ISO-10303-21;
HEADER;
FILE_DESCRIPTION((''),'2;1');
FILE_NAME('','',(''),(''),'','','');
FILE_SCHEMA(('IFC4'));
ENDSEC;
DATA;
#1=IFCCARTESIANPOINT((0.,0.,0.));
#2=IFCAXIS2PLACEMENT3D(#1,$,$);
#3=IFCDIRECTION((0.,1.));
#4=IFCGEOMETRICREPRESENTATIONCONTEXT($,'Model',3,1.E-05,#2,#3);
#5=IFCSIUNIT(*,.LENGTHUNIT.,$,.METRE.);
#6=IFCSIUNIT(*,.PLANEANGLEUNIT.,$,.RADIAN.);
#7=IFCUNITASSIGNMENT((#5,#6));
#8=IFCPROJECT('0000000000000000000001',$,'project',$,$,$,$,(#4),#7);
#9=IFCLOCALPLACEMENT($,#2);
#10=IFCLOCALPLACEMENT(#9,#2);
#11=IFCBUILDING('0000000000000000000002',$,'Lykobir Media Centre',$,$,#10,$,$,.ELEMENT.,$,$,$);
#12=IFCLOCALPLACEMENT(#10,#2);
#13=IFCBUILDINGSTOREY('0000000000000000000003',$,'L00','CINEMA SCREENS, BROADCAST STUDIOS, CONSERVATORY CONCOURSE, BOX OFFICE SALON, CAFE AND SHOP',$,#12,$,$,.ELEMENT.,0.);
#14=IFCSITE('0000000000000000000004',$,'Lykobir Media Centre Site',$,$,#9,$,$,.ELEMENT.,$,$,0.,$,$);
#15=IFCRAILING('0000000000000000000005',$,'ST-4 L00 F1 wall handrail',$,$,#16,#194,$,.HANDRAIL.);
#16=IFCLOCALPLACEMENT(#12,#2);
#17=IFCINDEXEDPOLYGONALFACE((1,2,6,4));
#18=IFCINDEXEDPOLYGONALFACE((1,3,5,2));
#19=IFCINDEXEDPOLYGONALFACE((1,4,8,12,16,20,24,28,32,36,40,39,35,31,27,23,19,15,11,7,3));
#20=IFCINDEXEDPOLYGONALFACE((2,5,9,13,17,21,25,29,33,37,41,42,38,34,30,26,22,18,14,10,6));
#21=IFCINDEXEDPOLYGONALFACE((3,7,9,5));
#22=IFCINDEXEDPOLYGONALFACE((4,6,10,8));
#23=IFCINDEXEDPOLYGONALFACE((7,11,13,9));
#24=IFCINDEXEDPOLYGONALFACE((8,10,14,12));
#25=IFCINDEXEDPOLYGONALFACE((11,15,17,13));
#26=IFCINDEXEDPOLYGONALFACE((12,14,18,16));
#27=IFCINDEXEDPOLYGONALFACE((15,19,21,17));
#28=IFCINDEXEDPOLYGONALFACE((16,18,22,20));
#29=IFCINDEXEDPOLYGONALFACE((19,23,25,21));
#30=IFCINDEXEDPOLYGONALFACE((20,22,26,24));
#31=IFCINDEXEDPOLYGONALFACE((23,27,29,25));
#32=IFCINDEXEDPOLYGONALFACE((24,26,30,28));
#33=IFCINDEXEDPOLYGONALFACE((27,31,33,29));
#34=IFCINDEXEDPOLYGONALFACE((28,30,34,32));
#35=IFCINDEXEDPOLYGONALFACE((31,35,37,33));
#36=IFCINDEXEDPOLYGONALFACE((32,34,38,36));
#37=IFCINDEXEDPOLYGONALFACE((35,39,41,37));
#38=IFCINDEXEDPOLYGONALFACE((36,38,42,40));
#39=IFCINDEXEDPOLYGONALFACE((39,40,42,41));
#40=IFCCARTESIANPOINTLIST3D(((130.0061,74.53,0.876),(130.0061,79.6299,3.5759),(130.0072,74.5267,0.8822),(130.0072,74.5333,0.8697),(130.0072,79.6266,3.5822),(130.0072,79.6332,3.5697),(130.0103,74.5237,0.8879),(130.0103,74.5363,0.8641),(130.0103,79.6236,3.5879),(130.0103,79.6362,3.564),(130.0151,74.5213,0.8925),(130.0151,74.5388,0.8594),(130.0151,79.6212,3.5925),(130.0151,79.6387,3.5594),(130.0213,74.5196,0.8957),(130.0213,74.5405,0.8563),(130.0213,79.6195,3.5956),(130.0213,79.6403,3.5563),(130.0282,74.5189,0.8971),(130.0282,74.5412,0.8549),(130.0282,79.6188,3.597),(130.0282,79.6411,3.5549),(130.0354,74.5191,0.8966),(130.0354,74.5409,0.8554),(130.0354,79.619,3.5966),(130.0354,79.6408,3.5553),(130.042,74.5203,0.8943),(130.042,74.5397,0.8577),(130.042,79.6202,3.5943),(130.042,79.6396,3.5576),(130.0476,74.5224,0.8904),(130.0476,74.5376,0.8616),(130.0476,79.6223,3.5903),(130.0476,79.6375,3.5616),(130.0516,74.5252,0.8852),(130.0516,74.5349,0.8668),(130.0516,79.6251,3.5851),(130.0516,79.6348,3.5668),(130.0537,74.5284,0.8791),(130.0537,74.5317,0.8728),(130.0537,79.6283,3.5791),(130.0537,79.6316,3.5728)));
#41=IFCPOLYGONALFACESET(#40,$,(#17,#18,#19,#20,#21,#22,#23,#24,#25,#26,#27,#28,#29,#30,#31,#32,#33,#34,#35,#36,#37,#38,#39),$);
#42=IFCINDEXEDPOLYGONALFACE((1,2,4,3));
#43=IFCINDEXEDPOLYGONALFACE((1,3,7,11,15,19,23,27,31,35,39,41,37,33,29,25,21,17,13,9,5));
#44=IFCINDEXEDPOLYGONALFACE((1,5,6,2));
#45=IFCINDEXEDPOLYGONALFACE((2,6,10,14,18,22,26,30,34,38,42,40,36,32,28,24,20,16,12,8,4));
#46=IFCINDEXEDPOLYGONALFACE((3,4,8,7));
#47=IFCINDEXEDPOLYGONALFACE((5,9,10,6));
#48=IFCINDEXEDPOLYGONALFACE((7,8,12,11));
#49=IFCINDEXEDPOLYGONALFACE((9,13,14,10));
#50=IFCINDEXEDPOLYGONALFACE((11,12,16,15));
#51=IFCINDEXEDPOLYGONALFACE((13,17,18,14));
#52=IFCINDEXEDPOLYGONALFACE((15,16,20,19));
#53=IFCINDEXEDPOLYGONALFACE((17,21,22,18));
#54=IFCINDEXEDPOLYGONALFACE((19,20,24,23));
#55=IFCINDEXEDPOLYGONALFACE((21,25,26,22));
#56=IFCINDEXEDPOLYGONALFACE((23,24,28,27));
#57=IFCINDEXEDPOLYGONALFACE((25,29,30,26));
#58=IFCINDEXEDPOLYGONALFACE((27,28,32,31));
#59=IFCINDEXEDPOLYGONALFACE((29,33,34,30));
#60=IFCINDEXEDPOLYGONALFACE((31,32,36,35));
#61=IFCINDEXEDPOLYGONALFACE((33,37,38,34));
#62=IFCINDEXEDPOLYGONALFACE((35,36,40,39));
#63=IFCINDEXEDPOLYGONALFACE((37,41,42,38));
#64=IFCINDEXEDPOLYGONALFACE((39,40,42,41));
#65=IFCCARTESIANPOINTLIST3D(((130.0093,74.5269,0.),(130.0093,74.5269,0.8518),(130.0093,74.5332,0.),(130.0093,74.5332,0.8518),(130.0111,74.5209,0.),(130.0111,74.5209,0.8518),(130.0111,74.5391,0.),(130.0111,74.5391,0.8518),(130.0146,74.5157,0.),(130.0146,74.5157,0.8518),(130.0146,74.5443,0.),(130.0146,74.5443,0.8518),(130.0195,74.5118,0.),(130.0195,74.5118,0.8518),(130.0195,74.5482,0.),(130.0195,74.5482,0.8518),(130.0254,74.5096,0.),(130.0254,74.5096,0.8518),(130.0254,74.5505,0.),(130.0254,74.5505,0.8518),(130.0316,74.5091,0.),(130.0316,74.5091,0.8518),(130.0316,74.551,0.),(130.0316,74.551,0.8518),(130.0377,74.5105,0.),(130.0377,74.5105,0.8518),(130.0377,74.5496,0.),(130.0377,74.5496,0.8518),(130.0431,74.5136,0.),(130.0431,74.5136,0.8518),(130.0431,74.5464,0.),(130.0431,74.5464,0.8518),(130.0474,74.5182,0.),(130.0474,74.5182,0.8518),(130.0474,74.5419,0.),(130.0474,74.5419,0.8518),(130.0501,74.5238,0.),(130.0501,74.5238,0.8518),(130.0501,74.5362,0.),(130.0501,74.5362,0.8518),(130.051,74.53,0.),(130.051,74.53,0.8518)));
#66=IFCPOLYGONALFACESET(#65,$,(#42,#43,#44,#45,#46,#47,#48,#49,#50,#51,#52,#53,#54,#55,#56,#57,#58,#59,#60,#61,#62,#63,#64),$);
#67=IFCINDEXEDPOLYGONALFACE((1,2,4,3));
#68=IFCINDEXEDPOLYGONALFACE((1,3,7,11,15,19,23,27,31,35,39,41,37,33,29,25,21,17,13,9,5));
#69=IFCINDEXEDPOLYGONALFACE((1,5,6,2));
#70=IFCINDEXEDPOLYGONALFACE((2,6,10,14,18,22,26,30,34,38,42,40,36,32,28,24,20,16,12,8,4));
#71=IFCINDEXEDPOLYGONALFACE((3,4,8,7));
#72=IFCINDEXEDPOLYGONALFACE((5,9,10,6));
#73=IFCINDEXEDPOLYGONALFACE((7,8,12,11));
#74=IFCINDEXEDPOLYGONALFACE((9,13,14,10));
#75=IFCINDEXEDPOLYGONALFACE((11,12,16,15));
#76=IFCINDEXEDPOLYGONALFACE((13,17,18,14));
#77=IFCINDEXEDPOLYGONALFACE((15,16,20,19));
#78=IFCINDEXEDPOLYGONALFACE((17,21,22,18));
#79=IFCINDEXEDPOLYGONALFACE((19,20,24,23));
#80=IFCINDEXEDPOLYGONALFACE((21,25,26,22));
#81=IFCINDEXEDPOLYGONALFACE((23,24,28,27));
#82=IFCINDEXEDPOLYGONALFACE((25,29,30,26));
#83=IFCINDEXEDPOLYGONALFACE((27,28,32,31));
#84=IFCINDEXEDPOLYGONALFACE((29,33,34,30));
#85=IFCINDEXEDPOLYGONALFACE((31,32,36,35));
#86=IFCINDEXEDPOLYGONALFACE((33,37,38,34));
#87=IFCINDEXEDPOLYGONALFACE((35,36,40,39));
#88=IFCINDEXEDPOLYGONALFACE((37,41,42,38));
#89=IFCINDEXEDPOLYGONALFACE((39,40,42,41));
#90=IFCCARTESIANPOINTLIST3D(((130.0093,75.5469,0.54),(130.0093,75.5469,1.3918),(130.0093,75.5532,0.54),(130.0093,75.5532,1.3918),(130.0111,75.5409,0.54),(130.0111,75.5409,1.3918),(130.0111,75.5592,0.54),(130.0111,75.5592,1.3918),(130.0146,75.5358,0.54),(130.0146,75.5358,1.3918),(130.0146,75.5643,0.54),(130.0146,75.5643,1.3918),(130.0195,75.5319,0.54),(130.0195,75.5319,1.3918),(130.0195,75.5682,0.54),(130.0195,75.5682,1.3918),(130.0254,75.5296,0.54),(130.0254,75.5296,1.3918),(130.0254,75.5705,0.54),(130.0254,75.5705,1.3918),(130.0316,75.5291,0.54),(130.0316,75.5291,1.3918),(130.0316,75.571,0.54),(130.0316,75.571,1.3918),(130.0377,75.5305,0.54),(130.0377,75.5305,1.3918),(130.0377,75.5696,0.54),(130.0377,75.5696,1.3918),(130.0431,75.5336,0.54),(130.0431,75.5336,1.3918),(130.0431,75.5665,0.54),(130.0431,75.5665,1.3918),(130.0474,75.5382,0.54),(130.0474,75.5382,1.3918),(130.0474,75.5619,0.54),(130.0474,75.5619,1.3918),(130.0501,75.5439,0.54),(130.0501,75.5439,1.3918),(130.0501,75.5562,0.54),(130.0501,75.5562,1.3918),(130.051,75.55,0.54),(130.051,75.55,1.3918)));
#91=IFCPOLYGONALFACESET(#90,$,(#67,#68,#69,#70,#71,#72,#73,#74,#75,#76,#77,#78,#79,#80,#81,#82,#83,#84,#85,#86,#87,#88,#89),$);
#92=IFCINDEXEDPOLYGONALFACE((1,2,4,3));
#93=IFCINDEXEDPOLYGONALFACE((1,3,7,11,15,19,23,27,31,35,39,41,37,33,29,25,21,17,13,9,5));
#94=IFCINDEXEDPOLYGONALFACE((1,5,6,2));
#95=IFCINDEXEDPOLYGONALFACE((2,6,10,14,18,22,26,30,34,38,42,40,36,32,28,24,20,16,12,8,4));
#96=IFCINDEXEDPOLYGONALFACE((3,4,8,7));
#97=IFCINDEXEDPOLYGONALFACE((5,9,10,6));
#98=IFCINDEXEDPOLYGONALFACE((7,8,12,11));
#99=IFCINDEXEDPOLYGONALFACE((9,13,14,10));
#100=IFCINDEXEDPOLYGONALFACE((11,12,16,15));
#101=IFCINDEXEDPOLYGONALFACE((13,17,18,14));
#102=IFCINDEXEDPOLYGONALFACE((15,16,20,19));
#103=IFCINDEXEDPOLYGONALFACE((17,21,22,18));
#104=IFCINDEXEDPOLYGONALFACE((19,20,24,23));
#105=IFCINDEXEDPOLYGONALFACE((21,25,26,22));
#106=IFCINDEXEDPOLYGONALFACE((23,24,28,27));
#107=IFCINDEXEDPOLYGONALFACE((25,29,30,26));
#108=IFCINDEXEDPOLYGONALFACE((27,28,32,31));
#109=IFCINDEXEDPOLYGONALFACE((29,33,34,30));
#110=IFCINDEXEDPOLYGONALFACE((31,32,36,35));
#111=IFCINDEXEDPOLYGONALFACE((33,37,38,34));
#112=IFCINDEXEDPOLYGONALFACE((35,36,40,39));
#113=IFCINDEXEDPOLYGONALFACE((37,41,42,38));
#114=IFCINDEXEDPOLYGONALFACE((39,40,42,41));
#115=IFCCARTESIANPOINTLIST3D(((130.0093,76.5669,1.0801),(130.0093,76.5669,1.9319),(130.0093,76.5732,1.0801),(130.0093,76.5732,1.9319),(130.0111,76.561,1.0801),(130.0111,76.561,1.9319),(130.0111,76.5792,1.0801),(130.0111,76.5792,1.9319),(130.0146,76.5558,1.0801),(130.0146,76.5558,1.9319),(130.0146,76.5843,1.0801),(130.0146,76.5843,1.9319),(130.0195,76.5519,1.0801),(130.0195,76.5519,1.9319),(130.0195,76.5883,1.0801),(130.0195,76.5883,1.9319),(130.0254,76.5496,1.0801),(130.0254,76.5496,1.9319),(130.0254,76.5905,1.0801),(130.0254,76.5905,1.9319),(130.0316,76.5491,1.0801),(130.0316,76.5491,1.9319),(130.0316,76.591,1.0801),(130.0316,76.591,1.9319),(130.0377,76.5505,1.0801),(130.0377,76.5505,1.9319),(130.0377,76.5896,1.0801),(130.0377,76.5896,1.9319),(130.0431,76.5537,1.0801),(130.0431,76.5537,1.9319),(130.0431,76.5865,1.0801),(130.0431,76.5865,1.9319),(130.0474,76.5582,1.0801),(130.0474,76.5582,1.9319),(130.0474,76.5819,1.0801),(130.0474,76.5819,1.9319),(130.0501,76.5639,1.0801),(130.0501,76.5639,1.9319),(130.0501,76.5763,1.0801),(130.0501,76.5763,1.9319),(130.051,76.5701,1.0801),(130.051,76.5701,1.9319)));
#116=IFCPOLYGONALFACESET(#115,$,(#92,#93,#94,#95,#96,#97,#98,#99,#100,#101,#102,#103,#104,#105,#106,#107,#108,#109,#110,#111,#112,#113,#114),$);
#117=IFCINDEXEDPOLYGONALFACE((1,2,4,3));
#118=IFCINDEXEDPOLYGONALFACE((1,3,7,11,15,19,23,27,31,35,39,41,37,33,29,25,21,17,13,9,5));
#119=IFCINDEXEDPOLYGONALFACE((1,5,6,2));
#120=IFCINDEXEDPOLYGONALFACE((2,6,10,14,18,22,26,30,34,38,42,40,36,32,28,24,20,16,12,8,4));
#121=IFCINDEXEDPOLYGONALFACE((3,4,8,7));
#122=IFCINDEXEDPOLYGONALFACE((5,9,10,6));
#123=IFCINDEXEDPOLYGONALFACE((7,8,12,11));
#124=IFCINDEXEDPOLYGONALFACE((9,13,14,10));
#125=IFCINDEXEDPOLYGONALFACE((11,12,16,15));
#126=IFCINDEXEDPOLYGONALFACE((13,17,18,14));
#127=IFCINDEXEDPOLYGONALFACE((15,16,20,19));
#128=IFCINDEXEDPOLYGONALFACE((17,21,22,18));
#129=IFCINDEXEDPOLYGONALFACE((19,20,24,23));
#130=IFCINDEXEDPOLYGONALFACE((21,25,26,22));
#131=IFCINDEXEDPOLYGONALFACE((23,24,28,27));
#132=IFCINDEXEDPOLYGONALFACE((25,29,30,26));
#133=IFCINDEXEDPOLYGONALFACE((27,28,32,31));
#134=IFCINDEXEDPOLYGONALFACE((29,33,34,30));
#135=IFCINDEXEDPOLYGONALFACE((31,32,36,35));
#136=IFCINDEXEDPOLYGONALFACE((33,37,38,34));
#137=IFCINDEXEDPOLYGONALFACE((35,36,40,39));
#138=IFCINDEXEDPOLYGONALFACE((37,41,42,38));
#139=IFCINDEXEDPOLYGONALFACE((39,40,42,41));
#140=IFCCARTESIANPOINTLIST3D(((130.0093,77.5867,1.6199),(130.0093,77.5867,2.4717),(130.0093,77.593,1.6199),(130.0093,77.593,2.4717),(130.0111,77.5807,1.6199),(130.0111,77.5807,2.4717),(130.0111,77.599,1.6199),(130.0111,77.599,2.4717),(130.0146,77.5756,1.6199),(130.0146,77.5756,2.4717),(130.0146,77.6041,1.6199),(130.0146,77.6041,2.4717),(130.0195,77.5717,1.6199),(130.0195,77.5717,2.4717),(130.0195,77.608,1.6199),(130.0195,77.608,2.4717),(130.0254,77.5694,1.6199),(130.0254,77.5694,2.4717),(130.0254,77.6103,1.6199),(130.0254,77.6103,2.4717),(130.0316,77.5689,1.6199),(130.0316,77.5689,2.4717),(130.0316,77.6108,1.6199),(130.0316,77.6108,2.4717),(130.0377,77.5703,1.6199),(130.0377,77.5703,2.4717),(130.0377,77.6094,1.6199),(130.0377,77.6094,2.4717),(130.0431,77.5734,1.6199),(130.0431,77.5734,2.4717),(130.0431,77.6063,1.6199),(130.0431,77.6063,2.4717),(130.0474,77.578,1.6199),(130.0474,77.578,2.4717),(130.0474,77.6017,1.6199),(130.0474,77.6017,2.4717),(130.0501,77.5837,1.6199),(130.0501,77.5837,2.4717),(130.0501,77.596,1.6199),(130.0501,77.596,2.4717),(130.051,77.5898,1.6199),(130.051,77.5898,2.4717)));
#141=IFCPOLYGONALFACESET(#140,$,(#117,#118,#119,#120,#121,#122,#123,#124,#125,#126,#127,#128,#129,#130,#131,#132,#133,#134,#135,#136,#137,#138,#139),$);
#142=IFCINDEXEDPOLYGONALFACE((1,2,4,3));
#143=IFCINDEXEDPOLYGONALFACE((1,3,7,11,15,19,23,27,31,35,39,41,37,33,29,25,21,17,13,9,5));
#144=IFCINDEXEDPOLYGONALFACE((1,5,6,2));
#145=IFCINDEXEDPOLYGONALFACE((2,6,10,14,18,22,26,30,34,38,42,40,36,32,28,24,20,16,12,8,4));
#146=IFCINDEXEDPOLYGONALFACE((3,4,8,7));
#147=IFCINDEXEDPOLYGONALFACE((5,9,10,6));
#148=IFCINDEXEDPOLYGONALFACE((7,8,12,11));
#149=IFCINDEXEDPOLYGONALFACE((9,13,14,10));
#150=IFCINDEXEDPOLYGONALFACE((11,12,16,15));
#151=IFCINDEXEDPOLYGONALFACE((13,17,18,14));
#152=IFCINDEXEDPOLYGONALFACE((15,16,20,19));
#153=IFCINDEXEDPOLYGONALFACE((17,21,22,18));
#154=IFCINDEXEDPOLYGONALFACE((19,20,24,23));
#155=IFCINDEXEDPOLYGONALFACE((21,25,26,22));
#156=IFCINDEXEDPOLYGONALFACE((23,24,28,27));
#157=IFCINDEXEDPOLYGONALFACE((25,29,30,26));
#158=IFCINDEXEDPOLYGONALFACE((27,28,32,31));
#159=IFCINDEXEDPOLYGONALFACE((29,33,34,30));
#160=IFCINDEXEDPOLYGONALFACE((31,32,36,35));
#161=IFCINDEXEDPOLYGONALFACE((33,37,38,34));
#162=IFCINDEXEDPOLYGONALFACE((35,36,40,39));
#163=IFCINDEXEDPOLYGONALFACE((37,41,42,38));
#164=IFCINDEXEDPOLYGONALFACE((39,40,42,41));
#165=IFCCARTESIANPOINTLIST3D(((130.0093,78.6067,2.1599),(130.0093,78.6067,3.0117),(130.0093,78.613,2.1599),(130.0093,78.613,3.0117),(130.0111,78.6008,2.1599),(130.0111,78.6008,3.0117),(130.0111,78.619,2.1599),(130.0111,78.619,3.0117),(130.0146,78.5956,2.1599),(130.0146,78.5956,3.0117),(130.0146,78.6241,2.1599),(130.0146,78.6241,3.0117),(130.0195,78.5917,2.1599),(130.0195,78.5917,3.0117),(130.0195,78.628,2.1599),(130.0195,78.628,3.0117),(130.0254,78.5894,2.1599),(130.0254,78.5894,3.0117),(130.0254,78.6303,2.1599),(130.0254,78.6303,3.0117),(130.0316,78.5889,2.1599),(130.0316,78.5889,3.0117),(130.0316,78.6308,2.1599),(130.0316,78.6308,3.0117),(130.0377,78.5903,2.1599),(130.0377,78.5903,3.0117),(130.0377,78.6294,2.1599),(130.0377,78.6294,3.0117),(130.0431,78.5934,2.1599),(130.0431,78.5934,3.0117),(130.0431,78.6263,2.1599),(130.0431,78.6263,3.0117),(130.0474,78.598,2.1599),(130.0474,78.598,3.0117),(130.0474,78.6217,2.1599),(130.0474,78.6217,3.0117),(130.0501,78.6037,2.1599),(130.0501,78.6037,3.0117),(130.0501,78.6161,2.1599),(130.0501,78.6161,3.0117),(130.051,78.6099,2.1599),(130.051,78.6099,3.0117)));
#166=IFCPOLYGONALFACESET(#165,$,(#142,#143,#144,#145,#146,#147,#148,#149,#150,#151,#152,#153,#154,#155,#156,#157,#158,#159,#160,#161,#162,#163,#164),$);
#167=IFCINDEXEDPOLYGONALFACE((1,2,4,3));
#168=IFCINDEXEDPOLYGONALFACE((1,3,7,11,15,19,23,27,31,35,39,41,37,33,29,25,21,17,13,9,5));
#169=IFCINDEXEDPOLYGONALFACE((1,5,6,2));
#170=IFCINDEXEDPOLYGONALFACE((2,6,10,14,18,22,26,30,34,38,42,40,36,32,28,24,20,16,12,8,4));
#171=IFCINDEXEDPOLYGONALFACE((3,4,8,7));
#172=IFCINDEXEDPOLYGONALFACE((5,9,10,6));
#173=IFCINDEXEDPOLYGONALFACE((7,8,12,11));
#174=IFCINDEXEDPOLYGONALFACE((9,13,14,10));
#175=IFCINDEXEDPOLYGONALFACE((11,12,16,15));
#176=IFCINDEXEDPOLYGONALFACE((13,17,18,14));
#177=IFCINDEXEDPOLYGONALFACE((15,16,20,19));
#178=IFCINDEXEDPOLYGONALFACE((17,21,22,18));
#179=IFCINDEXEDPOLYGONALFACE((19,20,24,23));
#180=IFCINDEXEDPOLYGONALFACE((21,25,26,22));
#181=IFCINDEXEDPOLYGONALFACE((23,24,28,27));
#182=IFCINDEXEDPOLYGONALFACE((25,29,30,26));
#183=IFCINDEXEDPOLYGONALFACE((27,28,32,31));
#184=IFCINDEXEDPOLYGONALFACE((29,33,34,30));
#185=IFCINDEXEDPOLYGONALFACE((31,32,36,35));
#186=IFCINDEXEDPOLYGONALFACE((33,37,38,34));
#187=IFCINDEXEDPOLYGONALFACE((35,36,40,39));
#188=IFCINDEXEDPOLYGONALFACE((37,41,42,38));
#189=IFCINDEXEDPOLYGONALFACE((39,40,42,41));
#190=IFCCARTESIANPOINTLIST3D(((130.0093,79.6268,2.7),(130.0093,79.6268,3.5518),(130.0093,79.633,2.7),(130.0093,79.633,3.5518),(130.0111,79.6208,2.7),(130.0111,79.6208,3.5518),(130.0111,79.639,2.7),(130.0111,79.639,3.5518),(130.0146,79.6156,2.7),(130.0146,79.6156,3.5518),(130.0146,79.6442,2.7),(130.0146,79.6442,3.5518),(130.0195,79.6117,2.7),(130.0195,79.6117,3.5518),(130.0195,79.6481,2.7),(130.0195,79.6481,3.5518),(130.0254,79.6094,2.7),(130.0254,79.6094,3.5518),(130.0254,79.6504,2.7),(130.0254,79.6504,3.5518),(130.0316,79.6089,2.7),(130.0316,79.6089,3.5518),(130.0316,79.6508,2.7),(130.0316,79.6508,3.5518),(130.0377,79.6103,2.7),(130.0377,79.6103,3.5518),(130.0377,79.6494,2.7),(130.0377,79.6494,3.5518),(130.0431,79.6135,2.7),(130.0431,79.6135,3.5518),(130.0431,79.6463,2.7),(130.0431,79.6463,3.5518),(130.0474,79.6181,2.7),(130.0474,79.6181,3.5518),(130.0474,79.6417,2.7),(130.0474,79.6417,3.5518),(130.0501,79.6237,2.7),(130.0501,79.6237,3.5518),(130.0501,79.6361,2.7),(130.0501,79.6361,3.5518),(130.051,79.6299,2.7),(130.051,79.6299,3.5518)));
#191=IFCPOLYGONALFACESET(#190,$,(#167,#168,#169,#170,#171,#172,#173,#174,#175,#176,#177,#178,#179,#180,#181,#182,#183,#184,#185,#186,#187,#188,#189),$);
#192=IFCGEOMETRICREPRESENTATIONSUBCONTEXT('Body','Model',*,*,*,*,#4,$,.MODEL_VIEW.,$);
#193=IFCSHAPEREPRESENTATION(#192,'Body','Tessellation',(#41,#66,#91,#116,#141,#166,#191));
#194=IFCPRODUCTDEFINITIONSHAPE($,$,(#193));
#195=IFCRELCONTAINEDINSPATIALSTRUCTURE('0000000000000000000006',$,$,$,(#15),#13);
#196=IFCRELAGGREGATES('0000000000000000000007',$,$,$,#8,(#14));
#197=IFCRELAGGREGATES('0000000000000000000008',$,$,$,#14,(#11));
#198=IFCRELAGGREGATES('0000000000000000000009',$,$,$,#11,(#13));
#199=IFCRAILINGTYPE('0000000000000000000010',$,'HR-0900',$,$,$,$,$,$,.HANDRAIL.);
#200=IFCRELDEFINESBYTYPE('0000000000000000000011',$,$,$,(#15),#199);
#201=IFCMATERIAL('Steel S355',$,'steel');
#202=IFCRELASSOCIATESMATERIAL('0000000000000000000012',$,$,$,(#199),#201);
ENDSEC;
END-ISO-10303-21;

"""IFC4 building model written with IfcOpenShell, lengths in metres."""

from ifc_helpers import new_model, si_unit, direction, frame, origin, origin_2d, place, context, subcontext, project, spatial, circle, extrude, material, type_object, element, save


model = new_model("IFC4")

# Units and contexts
model_context = context("Model", 3, precision=1e-05, world=origin(), true_north=direction((0.0, 1.0)))
body_context = subcontext(model_context, "Body", "Model", "MODEL_VIEW")
ifc_project = project(units=[si_unit("LENGTHUNIT", "METRE"), si_unit("PLANEANGLEUNIT", "RADIAN")], contexts=[model_context])

# Site, building, storey
site_placement = place(None, origin())
site = spatial("IfcSite", under=ifc_project, at=site_placement, Name="Lykobir Media Centre Site", CompositionType="ELEMENT", RefElevation=0.0)
building_placement = place(site_placement, origin())
building = spatial("IfcBuilding", under=site, at=building_placement, Name="Lykobir Media Centre", CompositionType="ELEMENT")
storey_placement = place(building_placement, origin())
storey = spatial("IfcBuildingStorey", under=building, at=storey_placement, Name="L00", Description="CINEMA SCREENS, BROADCAST STUDIOS, CONSERVATORY CONCOURSE, BOX OFFICE SALON, CAFE AND SHOP", CompositionType="ELEMENT", Elevation=0.0)

# Shared definitions
ifc_material_1 = material(Name="Steel S355", Category="steel")

# Railing
railing_type = type_object("IfcRailingType", Name="HR-0900", PredefinedType="HANDRAIL", material=ifc_material_1)
railing_placement = place(storey_placement, frame((130.03, 74.53, 0.0)))
element("IfcRailing", 1, at=railing_placement, inside=storey, type_object=railing_type, Name="ST-4 L00 F1 wall handrail", PredefinedType="HANDRAIL", context=body_context, shape_type="SweptSolid", body=[
    extrude(circle(Radius=0.0239, at=origin_2d()), frame((0.0, 0.0, 0.876), z_axis=(0.0, 0.883786, 0.467892), x_axis=(-1.0, 0.0, 0.0)), (0.0, 0.0, 1.0), 5.7705),
    extrude(circle(Radius=0.021, at=origin_2d()), origin(), (0.0, 0.0, 1.0), 0.8518),
    extrude(circle(Radius=0.021, at=origin_2d()), frame((0.0, 1.02, 0.54)), (0.0, 0.0, 1.0), 0.8518),
    extrude(circle(Radius=0.021, at=origin_2d()), frame((0.0, 2.04, 1.0801)), (0.0, 0.0, 1.0), 0.8518),
    extrude(circle(Radius=0.021, at=origin_2d()), frame((0.0, 3.0598, 1.6199)), (0.0, 0.0, 1.0), 0.8518),
    extrude(circle(Radius=0.021, at=origin_2d()), frame((0.0, 4.0798, 2.1599)), (0.0, 0.0, 1.0), 0.8518),
    extrude(circle(Radius=0.021, at=origin_2d()), frame((0.0, 5.0999, 2.7)), (0.0, 0.0, 1.0), 0.8518),
])

save(model, "model.ifc")
